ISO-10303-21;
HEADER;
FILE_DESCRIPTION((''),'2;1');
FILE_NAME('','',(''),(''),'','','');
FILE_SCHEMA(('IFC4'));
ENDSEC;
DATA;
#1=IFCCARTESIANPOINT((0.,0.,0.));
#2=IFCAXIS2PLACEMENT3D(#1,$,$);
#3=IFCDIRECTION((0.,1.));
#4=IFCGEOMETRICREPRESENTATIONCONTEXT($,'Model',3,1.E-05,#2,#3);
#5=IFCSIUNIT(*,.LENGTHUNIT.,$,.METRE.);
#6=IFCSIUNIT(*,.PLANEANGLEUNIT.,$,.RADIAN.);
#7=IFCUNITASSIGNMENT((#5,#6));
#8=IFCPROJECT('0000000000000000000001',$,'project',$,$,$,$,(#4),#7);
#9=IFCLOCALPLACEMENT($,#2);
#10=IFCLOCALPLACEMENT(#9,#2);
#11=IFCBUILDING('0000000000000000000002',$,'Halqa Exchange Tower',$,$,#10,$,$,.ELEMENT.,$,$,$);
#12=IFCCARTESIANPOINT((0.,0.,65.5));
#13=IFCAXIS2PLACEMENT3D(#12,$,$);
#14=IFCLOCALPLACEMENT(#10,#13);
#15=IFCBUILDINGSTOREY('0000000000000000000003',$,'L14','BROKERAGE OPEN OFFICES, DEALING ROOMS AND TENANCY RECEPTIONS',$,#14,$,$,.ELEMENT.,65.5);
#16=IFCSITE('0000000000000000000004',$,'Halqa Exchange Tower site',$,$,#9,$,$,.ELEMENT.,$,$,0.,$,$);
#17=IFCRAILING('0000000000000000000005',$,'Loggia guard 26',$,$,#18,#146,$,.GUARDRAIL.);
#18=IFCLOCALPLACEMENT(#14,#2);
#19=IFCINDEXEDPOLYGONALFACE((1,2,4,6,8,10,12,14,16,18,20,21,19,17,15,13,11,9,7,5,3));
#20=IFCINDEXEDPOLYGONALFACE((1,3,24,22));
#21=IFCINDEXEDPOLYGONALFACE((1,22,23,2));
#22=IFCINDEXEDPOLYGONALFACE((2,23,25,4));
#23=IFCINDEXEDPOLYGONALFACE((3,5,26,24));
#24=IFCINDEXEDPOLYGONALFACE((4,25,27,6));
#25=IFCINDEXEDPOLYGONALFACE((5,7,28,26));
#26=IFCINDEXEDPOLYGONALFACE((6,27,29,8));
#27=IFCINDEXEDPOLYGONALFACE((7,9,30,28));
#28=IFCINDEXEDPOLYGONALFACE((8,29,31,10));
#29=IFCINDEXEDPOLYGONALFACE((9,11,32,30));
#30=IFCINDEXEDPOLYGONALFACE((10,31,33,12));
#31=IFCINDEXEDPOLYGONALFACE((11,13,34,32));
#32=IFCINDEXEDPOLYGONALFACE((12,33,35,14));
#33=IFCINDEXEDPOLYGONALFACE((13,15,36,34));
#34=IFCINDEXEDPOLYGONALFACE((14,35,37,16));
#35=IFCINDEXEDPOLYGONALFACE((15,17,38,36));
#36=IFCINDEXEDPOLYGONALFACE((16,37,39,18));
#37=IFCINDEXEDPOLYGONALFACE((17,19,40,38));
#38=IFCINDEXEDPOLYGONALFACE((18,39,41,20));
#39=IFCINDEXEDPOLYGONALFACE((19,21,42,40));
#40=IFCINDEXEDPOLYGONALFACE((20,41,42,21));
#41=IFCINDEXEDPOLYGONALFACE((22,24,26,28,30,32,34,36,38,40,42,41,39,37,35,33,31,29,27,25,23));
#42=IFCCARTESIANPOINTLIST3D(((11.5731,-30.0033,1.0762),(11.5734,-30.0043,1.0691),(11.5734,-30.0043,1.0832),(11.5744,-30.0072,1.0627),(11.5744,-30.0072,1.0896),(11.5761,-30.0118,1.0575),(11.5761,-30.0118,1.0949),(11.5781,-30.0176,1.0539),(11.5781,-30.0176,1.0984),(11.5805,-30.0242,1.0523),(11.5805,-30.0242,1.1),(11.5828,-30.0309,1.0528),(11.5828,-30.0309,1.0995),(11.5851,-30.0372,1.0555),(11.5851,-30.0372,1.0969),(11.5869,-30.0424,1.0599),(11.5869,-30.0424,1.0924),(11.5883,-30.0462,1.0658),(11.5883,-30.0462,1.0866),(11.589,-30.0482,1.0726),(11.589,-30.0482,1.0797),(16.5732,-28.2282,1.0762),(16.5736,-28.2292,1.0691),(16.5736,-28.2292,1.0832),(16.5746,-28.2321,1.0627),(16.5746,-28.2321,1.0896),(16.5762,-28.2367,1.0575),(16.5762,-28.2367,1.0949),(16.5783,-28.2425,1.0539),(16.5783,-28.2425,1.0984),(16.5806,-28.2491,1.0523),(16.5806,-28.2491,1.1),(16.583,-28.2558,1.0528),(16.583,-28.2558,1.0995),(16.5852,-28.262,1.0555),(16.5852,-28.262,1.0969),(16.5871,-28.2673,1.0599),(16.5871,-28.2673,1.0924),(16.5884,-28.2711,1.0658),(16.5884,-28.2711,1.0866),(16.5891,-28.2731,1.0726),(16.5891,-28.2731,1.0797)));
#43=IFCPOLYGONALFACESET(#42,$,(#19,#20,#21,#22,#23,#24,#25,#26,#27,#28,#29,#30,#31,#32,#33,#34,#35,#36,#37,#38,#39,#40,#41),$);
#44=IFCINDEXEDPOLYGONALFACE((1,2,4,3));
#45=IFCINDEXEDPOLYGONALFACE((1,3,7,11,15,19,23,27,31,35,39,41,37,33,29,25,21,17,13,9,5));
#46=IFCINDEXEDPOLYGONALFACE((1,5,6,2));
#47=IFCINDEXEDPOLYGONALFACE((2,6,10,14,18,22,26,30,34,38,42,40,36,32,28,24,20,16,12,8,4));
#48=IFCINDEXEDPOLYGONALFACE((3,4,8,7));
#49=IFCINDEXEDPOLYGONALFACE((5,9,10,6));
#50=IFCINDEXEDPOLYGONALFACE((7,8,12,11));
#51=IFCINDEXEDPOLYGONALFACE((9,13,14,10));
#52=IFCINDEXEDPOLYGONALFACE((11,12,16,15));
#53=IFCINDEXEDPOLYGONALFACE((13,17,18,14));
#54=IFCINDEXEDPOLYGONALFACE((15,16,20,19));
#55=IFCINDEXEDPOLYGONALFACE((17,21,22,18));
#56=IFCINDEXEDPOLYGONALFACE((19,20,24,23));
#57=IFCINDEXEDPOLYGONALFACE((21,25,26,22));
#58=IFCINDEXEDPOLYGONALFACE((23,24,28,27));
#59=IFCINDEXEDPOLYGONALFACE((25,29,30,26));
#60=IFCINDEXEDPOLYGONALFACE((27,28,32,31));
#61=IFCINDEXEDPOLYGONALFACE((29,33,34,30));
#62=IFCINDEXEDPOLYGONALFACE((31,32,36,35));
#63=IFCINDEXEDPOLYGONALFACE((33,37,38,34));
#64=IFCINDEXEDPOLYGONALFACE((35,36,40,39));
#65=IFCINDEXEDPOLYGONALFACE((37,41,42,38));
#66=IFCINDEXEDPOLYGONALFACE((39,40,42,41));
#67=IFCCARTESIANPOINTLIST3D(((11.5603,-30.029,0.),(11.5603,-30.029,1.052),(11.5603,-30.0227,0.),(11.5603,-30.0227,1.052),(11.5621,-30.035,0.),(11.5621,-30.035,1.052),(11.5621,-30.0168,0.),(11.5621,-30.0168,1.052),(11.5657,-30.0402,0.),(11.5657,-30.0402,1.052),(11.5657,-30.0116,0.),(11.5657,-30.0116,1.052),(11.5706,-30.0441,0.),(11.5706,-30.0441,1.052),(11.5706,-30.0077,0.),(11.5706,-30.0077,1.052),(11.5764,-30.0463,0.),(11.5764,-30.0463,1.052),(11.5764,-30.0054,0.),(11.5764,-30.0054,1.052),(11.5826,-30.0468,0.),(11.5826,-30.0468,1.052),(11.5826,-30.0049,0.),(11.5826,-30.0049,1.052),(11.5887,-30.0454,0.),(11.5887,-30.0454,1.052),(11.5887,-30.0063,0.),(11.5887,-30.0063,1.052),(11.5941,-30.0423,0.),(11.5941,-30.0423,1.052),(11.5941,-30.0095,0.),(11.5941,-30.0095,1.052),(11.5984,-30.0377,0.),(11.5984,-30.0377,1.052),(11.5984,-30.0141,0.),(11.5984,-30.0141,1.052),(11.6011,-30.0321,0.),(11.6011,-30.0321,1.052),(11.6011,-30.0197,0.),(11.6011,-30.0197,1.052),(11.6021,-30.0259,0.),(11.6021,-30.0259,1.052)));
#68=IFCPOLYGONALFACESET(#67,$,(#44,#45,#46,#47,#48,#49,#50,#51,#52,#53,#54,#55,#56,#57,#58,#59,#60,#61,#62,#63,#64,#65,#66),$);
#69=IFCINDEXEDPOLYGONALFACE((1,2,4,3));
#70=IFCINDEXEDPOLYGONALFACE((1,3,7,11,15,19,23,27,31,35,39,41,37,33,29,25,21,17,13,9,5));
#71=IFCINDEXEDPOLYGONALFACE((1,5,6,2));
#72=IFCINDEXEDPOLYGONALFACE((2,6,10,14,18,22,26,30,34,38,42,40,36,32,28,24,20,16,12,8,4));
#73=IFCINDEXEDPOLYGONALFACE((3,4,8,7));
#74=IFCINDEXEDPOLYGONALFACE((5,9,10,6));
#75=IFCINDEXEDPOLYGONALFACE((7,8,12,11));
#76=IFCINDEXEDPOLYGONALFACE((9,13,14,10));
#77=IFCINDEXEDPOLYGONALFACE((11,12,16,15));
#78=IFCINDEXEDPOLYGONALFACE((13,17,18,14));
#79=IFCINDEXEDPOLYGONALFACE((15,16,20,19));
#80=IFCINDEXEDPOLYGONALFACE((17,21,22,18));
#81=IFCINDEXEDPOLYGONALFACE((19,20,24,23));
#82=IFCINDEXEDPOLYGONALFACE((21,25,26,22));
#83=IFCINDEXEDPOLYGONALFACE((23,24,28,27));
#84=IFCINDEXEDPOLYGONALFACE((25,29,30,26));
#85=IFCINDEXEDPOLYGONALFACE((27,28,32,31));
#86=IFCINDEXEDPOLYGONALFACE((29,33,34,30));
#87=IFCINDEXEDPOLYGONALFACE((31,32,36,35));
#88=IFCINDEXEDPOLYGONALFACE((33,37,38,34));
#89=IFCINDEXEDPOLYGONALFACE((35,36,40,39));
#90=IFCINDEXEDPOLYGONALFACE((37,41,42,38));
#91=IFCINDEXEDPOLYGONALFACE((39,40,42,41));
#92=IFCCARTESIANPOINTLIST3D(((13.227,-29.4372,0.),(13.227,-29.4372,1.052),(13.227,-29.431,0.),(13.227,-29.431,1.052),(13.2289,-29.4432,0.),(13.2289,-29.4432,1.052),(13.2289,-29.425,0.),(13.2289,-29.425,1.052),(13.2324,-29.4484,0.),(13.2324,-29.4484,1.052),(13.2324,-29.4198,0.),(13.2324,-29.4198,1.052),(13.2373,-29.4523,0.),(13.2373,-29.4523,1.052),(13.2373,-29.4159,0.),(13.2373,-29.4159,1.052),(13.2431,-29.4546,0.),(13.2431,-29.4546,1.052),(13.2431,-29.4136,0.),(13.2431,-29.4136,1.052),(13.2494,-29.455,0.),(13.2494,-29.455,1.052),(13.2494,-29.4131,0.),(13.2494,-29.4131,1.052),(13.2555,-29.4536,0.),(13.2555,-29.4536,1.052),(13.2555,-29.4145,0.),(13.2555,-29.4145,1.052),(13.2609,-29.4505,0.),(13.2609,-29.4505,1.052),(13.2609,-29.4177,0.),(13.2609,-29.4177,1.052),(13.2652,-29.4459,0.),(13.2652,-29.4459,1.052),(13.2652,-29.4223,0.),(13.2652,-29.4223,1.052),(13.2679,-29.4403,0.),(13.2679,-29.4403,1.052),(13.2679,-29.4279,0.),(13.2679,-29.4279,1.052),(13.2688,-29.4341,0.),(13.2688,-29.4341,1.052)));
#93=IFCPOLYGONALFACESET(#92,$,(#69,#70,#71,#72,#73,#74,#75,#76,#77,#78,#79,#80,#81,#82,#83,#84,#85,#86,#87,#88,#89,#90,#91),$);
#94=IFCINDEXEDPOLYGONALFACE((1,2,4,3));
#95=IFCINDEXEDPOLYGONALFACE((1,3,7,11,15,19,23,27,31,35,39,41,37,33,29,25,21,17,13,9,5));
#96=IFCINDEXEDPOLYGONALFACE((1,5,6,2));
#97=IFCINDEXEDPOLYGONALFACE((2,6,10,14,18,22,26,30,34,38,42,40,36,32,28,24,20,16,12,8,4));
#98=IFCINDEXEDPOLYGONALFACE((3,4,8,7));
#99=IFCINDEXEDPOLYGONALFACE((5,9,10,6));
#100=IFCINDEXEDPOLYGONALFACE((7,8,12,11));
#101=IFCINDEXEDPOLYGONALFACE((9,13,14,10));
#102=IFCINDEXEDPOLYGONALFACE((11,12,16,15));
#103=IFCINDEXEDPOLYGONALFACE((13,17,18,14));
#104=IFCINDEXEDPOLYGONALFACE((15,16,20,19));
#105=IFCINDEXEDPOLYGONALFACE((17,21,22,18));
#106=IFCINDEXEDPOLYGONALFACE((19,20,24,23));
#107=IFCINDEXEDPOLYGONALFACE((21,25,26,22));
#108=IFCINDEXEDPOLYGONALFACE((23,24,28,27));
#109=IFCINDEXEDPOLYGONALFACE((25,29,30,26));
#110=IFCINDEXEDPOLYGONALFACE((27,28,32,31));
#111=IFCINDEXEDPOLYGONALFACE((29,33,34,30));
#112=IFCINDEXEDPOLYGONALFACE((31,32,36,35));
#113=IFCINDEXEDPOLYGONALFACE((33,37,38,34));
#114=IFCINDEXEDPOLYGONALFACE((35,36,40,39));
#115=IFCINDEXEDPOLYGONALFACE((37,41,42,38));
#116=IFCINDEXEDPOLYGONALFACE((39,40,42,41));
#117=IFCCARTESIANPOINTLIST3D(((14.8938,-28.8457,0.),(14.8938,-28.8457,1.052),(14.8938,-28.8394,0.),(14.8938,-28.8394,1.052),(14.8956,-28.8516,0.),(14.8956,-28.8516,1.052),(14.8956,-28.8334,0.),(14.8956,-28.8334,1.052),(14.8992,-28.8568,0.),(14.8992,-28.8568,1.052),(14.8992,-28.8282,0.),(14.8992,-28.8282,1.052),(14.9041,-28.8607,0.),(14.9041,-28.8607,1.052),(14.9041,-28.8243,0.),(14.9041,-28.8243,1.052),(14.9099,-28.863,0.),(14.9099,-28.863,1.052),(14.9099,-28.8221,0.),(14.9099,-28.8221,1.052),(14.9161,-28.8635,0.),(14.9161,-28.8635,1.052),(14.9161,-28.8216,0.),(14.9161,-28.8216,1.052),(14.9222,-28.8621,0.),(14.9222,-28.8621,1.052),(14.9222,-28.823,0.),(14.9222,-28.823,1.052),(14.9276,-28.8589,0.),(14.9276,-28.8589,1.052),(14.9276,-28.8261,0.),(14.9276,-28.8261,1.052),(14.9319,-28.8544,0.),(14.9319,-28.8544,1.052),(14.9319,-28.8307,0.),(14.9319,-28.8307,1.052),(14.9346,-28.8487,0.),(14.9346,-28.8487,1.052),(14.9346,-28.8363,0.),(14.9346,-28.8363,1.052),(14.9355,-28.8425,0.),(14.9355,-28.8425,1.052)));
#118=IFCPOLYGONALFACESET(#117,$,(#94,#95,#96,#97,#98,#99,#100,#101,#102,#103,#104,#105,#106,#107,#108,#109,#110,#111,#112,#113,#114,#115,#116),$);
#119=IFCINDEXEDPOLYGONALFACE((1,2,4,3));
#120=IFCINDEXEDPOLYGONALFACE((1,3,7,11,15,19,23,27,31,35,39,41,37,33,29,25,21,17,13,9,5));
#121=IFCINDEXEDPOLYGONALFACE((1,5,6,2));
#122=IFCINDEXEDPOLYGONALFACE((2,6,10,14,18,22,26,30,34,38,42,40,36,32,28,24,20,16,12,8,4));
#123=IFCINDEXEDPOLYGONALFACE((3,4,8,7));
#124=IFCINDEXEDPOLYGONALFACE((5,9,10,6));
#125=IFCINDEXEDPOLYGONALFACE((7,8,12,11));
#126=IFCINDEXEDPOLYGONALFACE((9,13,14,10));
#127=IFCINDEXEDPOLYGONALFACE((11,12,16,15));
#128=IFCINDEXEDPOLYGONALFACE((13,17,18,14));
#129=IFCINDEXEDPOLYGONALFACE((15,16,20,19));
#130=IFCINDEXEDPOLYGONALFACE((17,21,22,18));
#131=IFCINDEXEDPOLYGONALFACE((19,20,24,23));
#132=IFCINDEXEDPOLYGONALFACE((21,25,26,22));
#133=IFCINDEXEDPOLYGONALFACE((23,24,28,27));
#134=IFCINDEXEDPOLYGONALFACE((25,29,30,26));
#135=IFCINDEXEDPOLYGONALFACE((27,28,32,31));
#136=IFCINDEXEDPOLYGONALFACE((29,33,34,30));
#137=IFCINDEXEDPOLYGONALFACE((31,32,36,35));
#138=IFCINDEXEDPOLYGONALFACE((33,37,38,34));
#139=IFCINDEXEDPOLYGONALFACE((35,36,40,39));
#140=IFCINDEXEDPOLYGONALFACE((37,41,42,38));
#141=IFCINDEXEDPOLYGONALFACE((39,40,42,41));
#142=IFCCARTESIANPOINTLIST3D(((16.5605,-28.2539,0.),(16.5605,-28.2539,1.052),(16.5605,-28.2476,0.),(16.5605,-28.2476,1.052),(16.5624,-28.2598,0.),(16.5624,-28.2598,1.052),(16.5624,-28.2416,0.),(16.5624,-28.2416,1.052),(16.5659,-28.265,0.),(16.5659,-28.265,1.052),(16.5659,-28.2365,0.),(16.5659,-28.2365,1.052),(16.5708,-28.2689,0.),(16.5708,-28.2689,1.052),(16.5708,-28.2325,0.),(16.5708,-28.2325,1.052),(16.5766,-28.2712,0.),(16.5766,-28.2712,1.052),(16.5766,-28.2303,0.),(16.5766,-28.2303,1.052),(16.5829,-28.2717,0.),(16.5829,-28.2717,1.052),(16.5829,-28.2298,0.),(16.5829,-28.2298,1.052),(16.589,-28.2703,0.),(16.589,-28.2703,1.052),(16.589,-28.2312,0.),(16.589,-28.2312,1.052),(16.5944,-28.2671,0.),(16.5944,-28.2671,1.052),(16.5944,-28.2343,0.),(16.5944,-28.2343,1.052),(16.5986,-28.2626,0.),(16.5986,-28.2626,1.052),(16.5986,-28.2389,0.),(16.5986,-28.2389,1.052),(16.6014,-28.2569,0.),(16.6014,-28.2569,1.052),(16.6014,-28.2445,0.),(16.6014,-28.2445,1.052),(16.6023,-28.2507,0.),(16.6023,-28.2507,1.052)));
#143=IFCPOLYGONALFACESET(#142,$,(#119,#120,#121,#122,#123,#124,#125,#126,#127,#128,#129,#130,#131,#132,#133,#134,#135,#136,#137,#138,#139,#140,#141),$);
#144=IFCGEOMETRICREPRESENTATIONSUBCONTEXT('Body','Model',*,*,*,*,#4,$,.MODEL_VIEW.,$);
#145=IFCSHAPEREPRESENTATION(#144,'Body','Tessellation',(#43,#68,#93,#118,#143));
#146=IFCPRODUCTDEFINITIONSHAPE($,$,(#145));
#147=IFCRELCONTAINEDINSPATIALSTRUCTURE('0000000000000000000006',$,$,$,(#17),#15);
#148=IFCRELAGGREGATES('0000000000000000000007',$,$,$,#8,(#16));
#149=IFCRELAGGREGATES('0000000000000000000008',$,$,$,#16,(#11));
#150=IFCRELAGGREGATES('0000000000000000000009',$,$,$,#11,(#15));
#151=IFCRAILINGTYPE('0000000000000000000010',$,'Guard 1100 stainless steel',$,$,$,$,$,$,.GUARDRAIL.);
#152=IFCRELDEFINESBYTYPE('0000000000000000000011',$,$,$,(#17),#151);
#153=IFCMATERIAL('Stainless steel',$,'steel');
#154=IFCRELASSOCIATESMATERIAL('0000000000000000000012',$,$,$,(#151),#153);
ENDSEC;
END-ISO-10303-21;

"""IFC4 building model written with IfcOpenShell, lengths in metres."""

from ifc_helpers import new_model, si_unit, direction, frame, origin, origin_2d, place, context, subcontext, project, spatial, circle, extrude, material, type_object, element, save


model = new_model("IFC4")

# Units and contexts
model_context = context("Model", 3, precision=1e-05, world=origin(), true_north=direction((0.0, 1.0)))
body_context = subcontext(model_context, "Body", "Model", "MODEL_VIEW")
ifc_project = project(units=[si_unit("LENGTHUNIT", "METRE"), si_unit("PLANEANGLEUNIT", "RADIAN")], contexts=[model_context])

# Site, building, storey
site_placement = place(None, origin())
site = spatial("IfcSite", under=ifc_project, at=site_placement, Name="Halqa Exchange Tower site", CompositionType="ELEMENT", RefElevation=0.0)
building_placement = place(site_placement, origin())
building = spatial("IfcBuilding", under=site, at=building_placement, Name="Halqa Exchange Tower", CompositionType="ELEMENT")
storey_placement = place(building_placement, frame((0.0, 0.0, 65.5)))
storey = spatial("IfcBuildingStorey", under=building, at=storey_placement, Name="L14", Description="BROKERAGE OPEN OFFICES, DEALING ROOMS AND TENANCY RECEPTIONS", CompositionType="ELEMENT", Elevation=65.5)

# Railing
ifc_material_1 = material(Name="Stainless steel", Category="steel")
railing_type = type_object("IfcRailingType", Name="Guard 1100 stainless steel", PredefinedType="GUARDRAIL", material=ifc_material_1)
railing_1_placement = place(storey_placement, frame((11.5811, -30.0259, 0.0)))
element("IfcRailing", 1, at=railing_1_placement, inside=storey, type_object=railing_type, Name="Loggia guard 26", PredefinedType="GUARDRAIL", context=body_context, shape_type="SweptSolid", body=[
    extrude(circle(Radius=0.0239, at=origin_2d()), frame((0.0, 0.0, 1.0762), z_axis=(0.942376, 0.334555, 0.0), x_axis=(-0.334555, 0.942376, 0.0)), (0.0, 0.0, 1.0), 5.3059),
    extrude(circle(Radius=0.021, at=origin_2d()), origin(), (0.0, 0.0, 1.0), 1.052),
    extrude(circle(Radius=0.021, at=origin_2d()), frame((1.6667, 0.5918, 0.0)), (0.0, 0.0, 1.0), 1.052),
    extrude(circle(Radius=0.021, at=origin_2d()), frame((3.3335, 1.1833, 0.0)), (0.0, 0.0, 1.0), 1.052),
    extrude(circle(Radius=0.021, at=origin_2d()), frame((5.0002, 1.7751, 0.0)), (0.0, 0.0, 1.0), 1.052),
])

save(model, "model.ifc")
